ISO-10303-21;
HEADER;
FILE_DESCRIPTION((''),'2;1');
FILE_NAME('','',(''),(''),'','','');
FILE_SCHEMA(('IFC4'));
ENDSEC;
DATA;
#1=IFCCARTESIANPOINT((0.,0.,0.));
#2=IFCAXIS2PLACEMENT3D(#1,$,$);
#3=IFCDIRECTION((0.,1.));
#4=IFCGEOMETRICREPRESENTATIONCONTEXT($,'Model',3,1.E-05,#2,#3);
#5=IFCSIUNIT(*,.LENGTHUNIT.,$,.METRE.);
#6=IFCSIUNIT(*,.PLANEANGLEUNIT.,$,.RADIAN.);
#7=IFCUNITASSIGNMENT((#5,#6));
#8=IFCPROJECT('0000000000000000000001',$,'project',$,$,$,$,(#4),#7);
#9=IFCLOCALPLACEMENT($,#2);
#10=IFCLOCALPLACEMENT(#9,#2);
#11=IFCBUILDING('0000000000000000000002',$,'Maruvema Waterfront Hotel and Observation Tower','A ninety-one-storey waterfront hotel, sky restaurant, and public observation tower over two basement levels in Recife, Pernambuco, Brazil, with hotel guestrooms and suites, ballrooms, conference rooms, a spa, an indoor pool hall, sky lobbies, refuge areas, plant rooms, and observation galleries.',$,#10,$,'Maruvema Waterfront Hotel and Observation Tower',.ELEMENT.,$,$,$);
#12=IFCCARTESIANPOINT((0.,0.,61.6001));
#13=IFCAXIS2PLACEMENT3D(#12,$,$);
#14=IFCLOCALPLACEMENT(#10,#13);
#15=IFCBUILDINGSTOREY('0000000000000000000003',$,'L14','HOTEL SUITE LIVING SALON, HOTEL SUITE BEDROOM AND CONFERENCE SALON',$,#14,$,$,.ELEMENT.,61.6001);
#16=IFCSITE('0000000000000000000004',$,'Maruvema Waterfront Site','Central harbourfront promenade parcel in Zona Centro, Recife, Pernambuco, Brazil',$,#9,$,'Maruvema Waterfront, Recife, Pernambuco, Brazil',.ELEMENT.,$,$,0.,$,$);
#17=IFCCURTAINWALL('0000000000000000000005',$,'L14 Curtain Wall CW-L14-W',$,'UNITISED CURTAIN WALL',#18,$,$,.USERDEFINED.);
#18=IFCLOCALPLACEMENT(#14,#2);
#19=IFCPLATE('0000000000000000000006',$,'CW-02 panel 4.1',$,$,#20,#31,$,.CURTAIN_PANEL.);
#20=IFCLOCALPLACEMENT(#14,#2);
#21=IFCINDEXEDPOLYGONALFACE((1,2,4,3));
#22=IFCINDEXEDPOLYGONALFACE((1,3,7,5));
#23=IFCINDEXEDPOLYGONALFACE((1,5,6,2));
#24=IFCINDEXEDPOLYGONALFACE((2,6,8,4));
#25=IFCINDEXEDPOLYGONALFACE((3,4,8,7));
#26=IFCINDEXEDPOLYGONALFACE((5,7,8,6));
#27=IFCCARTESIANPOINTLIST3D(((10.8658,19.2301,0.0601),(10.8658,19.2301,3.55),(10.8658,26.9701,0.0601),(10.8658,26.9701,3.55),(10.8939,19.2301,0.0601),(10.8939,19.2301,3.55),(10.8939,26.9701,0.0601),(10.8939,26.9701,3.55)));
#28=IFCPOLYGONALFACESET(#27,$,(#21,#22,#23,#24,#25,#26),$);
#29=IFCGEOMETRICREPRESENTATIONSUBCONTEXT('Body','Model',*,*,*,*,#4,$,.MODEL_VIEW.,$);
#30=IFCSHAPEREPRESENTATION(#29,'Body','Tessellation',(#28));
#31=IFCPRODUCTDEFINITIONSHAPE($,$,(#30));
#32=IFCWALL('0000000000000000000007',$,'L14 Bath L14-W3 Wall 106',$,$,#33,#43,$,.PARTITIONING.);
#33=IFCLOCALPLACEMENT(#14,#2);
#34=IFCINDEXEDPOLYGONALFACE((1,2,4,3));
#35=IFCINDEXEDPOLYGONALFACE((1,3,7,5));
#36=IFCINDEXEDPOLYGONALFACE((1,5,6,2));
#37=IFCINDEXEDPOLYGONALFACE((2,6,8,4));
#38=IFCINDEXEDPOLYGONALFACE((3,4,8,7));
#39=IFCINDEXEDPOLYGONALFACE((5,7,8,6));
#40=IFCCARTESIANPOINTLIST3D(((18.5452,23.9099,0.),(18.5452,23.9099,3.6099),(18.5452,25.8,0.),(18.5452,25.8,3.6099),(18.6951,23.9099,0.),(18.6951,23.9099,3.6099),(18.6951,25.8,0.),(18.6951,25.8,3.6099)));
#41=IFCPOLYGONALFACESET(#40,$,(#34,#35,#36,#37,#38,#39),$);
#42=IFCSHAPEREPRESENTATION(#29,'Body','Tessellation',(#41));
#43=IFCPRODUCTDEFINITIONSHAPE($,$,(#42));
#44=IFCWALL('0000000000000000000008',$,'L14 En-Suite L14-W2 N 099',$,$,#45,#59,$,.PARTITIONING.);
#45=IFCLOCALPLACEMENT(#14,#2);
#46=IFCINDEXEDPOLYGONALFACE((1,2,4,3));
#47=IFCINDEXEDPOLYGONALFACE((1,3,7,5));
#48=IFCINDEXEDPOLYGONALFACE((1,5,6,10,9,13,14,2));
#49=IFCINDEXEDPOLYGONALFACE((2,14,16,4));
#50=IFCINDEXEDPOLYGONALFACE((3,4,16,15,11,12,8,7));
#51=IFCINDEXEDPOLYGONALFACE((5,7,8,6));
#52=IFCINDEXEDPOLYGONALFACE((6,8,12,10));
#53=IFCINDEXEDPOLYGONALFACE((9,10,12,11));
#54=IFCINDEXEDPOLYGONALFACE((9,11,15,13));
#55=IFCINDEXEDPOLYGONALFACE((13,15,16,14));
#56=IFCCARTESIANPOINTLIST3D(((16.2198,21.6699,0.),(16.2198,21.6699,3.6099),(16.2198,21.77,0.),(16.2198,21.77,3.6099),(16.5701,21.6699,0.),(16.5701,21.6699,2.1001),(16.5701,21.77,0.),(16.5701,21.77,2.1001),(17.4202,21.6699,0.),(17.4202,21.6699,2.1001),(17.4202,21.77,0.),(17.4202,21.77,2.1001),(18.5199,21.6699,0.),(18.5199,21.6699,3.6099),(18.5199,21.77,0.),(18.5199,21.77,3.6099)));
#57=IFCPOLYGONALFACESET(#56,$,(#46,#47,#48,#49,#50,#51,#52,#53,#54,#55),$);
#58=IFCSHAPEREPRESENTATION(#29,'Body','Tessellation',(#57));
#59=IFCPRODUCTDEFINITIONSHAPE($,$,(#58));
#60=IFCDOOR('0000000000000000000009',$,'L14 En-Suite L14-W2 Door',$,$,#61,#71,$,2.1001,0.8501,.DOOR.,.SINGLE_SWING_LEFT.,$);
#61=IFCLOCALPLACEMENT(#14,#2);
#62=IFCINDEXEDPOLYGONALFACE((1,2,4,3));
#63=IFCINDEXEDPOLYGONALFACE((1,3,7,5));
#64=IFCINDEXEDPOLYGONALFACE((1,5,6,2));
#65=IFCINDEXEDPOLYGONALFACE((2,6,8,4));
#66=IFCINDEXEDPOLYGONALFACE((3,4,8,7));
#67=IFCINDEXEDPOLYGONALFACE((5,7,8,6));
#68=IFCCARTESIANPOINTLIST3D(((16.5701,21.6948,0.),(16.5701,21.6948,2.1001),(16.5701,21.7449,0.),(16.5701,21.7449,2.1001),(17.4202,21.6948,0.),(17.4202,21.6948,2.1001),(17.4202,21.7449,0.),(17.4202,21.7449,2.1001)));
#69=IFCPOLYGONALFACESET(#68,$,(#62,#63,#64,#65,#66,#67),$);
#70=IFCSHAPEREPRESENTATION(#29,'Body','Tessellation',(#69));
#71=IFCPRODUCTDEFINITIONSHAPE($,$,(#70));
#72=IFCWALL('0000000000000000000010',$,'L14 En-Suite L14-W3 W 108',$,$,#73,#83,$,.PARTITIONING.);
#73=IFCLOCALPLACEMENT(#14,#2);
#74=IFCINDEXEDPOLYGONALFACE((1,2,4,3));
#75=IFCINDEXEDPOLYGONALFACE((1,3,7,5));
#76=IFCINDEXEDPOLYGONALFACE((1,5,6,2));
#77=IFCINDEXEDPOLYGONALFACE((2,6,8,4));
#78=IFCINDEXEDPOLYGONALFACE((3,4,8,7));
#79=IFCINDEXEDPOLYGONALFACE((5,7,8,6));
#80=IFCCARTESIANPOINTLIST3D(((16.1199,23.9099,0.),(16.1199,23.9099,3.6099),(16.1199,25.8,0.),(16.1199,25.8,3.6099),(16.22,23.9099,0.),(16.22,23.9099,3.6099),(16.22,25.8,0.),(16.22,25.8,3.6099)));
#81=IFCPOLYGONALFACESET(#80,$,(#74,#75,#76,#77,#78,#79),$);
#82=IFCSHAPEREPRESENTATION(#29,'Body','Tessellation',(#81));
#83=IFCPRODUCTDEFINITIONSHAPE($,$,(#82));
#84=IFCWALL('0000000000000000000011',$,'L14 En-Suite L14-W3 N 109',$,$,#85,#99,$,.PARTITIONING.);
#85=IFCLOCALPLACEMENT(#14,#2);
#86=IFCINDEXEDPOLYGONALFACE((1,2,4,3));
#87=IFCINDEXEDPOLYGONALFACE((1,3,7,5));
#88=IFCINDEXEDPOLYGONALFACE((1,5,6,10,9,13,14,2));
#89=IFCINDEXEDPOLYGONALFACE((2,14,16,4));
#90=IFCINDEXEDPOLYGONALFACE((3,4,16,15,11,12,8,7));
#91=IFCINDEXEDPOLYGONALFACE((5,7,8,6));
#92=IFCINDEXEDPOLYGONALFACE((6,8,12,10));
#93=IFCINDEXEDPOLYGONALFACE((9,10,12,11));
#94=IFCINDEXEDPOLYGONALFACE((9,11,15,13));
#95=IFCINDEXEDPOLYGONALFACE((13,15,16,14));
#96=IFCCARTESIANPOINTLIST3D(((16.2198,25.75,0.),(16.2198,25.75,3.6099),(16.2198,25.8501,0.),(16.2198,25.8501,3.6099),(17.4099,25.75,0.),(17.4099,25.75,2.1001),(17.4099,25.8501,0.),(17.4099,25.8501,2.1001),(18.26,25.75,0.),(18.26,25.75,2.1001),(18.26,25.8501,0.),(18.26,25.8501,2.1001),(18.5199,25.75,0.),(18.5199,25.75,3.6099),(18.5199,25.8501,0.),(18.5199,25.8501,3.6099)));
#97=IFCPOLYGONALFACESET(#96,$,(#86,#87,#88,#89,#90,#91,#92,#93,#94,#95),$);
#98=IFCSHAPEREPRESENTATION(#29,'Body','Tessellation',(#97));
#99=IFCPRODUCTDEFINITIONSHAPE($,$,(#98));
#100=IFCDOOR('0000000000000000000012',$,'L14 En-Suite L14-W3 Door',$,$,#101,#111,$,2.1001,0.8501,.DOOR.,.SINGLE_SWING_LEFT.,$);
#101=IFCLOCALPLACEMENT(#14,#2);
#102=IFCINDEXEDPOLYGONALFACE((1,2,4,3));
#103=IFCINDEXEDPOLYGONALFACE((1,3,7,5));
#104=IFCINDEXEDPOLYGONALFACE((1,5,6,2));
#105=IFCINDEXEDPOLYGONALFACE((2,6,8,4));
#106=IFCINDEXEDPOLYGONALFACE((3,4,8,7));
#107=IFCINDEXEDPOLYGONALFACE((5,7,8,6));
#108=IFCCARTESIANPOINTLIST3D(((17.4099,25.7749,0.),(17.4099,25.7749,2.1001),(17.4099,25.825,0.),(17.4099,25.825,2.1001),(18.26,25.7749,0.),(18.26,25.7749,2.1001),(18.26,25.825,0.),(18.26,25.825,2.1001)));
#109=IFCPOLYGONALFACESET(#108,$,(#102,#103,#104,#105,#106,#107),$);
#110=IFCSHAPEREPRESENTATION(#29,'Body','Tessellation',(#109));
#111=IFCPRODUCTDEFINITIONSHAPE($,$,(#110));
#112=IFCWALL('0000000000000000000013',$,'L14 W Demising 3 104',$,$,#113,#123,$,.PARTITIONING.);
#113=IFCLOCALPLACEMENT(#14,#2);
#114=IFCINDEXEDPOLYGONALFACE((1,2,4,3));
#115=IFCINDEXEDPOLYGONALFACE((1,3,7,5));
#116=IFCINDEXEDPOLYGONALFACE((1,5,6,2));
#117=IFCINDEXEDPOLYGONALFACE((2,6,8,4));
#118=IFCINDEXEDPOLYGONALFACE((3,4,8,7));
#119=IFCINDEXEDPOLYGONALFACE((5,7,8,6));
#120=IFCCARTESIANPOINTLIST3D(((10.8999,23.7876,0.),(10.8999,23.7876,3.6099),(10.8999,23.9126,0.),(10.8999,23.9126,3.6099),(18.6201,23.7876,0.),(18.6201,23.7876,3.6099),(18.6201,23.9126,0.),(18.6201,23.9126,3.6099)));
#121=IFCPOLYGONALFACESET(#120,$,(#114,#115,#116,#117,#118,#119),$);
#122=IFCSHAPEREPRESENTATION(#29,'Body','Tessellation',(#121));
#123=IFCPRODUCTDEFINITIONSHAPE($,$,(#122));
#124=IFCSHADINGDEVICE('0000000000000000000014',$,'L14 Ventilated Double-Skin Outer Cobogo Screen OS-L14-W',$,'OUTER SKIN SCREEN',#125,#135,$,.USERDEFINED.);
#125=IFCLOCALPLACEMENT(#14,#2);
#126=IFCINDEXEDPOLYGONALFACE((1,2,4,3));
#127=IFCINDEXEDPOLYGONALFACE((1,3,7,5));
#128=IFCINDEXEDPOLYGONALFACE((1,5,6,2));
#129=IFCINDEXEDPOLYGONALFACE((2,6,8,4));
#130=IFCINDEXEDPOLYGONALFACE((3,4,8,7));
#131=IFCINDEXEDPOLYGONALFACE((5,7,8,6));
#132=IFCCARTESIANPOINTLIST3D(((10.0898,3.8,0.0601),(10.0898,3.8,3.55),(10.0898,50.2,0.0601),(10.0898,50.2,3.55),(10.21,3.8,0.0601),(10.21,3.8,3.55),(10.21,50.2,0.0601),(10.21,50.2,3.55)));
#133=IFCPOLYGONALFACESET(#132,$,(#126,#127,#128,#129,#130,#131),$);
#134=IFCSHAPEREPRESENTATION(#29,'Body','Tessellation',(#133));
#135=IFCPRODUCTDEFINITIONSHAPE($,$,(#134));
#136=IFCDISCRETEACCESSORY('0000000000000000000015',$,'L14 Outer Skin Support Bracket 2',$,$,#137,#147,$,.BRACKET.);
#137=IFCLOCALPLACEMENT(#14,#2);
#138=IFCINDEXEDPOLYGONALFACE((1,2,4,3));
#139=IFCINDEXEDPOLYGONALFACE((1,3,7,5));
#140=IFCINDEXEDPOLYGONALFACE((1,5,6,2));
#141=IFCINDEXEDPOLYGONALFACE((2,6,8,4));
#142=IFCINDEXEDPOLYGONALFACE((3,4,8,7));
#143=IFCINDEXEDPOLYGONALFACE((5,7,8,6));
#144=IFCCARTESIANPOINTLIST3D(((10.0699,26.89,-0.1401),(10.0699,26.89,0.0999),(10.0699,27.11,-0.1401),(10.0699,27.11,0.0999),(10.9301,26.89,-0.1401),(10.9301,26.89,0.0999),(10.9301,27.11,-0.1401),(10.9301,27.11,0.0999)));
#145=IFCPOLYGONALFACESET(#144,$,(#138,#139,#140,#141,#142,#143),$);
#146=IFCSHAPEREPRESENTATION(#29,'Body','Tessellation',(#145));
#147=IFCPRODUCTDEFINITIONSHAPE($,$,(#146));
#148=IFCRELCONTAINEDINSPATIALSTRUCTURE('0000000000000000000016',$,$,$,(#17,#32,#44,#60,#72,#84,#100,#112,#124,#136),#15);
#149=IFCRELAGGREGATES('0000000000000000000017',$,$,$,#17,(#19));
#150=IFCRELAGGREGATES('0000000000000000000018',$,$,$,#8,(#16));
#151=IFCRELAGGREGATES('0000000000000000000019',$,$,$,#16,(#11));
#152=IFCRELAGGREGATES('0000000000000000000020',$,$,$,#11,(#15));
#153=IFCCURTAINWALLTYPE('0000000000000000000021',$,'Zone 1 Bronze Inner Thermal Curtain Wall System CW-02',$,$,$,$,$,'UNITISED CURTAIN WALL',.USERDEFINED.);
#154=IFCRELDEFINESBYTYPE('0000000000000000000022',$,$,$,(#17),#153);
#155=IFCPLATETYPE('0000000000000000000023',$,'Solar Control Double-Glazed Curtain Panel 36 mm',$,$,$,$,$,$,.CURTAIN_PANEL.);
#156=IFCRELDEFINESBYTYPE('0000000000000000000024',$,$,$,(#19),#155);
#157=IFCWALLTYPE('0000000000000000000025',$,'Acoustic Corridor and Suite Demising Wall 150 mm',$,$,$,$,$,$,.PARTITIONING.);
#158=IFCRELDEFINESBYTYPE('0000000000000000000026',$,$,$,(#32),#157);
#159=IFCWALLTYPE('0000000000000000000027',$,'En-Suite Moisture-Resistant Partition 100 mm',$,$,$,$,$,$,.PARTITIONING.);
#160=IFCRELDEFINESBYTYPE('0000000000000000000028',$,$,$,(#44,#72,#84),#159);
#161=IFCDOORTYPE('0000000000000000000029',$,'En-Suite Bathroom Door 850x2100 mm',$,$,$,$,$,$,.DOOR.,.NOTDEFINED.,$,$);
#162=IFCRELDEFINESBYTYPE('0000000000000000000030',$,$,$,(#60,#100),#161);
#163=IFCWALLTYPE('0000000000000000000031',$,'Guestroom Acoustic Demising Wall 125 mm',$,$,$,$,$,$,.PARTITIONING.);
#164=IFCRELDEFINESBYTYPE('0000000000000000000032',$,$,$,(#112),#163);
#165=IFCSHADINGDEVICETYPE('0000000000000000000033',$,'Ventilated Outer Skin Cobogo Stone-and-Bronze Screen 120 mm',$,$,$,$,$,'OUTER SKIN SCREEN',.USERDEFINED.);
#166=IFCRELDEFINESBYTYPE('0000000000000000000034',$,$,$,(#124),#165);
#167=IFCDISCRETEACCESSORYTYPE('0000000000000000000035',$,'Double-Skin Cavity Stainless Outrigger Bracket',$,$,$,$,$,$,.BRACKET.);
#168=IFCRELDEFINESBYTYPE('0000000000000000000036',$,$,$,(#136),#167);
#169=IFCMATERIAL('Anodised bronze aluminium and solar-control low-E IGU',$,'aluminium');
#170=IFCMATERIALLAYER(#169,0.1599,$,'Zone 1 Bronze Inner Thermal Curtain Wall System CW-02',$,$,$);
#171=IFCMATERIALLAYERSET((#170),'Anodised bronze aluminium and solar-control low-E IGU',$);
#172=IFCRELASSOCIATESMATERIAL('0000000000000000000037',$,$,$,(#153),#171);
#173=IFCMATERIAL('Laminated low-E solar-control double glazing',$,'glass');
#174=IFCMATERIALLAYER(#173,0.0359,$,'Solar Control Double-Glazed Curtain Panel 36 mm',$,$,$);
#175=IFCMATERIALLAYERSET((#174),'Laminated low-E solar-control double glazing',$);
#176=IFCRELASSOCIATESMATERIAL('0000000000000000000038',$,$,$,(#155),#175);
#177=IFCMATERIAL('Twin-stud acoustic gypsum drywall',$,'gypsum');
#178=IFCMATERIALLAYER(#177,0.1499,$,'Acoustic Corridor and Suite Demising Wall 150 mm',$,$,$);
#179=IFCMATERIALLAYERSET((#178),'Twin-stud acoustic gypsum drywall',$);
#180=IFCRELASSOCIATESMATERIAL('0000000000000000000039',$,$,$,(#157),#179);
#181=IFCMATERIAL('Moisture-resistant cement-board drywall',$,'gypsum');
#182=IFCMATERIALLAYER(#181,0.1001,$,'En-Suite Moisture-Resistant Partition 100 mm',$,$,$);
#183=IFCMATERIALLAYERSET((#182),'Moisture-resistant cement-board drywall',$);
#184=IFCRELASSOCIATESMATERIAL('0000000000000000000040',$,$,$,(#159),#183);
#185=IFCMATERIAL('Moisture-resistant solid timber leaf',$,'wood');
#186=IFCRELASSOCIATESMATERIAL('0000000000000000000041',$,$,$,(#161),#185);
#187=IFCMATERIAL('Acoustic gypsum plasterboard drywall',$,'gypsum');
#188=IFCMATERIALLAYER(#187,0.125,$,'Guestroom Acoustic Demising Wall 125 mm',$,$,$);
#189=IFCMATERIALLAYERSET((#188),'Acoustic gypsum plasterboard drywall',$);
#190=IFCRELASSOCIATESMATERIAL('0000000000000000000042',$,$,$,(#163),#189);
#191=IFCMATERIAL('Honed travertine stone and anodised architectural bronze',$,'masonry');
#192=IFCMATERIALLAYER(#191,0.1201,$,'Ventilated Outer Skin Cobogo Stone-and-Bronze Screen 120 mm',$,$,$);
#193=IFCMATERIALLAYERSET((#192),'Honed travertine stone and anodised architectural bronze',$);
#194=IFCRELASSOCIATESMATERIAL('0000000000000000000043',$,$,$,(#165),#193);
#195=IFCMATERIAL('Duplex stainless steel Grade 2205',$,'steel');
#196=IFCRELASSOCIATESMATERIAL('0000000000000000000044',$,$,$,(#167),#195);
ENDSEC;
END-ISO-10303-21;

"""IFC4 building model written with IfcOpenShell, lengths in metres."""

from ifc_helpers import new_model, si_unit, direction, frame, frame_2d, origin, origin_2d, place, context, subcontext, project, spatial, rectangle, extrude, material, layer, layer_set, type_object, element, fill, aggregate, save


model = new_model("IFC4")

# Units and contexts
model_context = context("Model", 3, precision=1e-05, world=origin(), true_north=direction((0.0, 1.0)))
body_context = subcontext(model_context, "Body", "Model", "MODEL_VIEW")
ifc_project = project(units=[si_unit("LENGTHUNIT", "METRE"), si_unit("PLANEANGLEUNIT", "RADIAN")], contexts=[model_context])

# Site, building, storey
site_placement = place(None, origin())
site = spatial("IfcSite", under=ifc_project, at=site_placement, Name="Maruvema Waterfront Site", Description="Central harbourfront promenade parcel in Zona Centro, Recife, Pernambuco, Brazil", LongName="Maruvema Waterfront, Recife, Pernambuco, Brazil", CompositionType="ELEMENT", RefElevation=0.0)
building_placement = place(site_placement, origin())
building = spatial("IfcBuilding", under=site, at=building_placement, Name="Maruvema Waterfront Hotel and Observation Tower", Description="A ninety-one-storey waterfront hotel, sky restaurant, and public observation tower over two basement levels in Recife, Pernambuco, Brazil, with hotel guestrooms and suites, ballrooms, conference rooms, a spa, an indoor pool hall, sky lobbies, refuge areas, plant rooms, and observation galleries.", LongName="Maruvema Waterfront Hotel and Observation Tower", CompositionType="ELEMENT")
storey_placement = place(building_placement, frame((0.0, 0.0, 61.6001)))
storey = spatial("IfcBuildingStorey", under=building, at=storey_placement, Name="L14", Description="HOTEL SUITE LIVING SALON, HOTEL SUITE BEDROOM AND CONFERENCE SALON", CompositionType="ELEMENT", Elevation=61.6001)

# Curtain wall
ifc_material_1 = material(Name="Anodised bronze aluminium and solar-control low-E IGU", Category="aluminium")
ifc_layer_1 = layer(ifc_material_1, 0.1599, Name="Zone 1 Bronze Inner Thermal Curtain Wall System CW-02")
ifc_layer_set_1 = layer_set([ifc_layer_1], Name="Anodised bronze aluminium and solar-control low-E IGU")
curtain_wall_type = type_object("IfcCurtainWallType", Name="Zone 1 Bronze Inner Thermal Curtain Wall System CW-02", ElementType="UNITISED CURTAIN WALL", PredefinedType="USERDEFINED", material=ifc_layer_set_1)
curtain_wall_placement = place(storey_placement, origin())
curtain_wall = element("IfcCurtainWall", 1, at=curtain_wall_placement, inside=storey, type_object=curtain_wall_type, Name="L14 Curtain Wall CW-L14-W", ObjectType="UNITISED CURTAIN WALL", PredefinedType="USERDEFINED")

# Plate
ifc_material_2 = material(Name="Laminated low-E solar-control double glazing", Category="glass")
ifc_layer_2 = layer(ifc_material_2, 0.0359, Name="Solar Control Double-Glazed Curtain Panel 36 mm")
ifc_layer_set_2 = layer_set([ifc_layer_2], Name="Laminated low-E solar-control double glazing")
plate_type = type_object("IfcPlateType", Name="Solar Control Double-Glazed Curtain Panel 36 mm", PredefinedType="CURTAIN_PANEL", material=ifc_layer_set_2)
plate_placement = place(storey_placement, frame((10.8799, 23.1001, 0.0601), z_axis=(0.0, 0.0, 1.0), x_axis=(0.0, -1.0, 0.0)))
plate = element("IfcPlate", 2, at=plate_placement, type_object=plate_type, Name="CW-02 panel 4.1", PredefinedType="CURTAIN_PANEL", context=body_context, shape_type="SweptSolid", body=[
    extrude(rectangle(XDim=7.74, YDim=0.0281, at=origin_2d()), origin(), (0.0, 0.0, 1.0), 3.49),
])
aggregate(curtain_wall, [plate])

# Shared definitions
ifc_material_3 = material(Name="Twin-stud acoustic gypsum drywall", Category="gypsum")
ifc_layer_3 = layer(ifc_material_3, 0.1499, Name="Acoustic Corridor and Suite Demising Wall 150 mm")
ifc_layer_set_3 = layer_set([ifc_layer_3], Name="Twin-stud acoustic gypsum drywall")
wall_type_1 = type_object("IfcWallType", Name="Acoustic Corridor and Suite Demising Wall 150 mm", PredefinedType="PARTITIONING", material=ifc_layer_set_3)

# Wall
wall_1_placement = place(storey_placement, frame((18.6201, 23.9099, 0.0), z_axis=(0.0, 0.0, 1.0), x_axis=(0.0, 1.0, 0.0)))
element("IfcWall", 3, at=wall_1_placement, inside=storey, type_object=wall_type_1, Name="L14 Bath L14-W3 Wall 106", PredefinedType="PARTITIONING", context=body_context, shape_type="SweptSolid", body=[
    extrude(rectangle(XDim=1.8901, YDim=0.1499, at=frame_2d((0.9451, 0.0))), origin(), (0.0, 0.0, 1.0), 3.6099),
])

# Wall, opening, door
ifc_material_4 = material(Name="Moisture-resistant cement-board drywall", Category="gypsum")
ifc_layer_4 = layer(ifc_material_4, 0.1001, Name="En-Suite Moisture-Resistant Partition 100 mm")
ifc_layer_set_4 = layer_set([ifc_layer_4], Name="Moisture-resistant cement-board drywall")
wall_type_2 = type_object("IfcWallType", Name="En-Suite Moisture-Resistant Partition 100 mm", PredefinedType="PARTITIONING", material=ifc_layer_set_4)
wall_2_placement = place(storey_placement, frame((16.22, 21.72, 0.0), z_axis=(0.0, 0.0, 1.0), x_axis=(1.0, 0.0, 0.0)))
wall_2 = element("IfcWall", 4, at=wall_2_placement, inside=storey, type_object=wall_type_2, Name="L14 En-Suite L14-W2 N 099", PredefinedType="PARTITIONING", context=body_context, shape_type="SweptSolid", body=[
    extrude(rectangle(XDim=2.3, YDim=0.1001, at=frame_2d((1.1499, 0.0))), origin(), (0.0, 0.0, 1.0), 3.6099),
])
opening_1_placement = place(wall_2_placement, frame((0.3501, 0.0, 0.0)))
opening_1 = element("IfcOpeningElement", 5, at=opening_1_placement, cuts=wall_2, PredefinedType="OPENING", context=body_context, shape_type="SweptSolid", body=[
    extrude(rectangle(XDim=0.8501, YDim=2.1001, at=frame_2d((0.425, 1.05))), frame((0.0, 0.0601, 0.0), z_axis=(0.0, -1.0, 0.0), x_axis=(1.0, 0.0, 0.0)), (0.0, 0.0, 1.0), 0.1201),
])
ifc_material_5 = material(Name="Moisture-resistant solid timber leaf", Category="wood")
door_type_1 = type_object("IfcDoorType", Name="En-Suite Bathroom Door 850x2100 mm", OperationType="NOTDEFINED", PredefinedType="DOOR", material=ifc_material_5)
door_1_placement = place(opening_1_placement, origin())
door_1 = element("IfcDoor", 6, at=door_1_placement, inside=storey, type_object=door_type_1, Name="L14 En-Suite L14-W2 Door", OperationType="SINGLE_SWING_LEFT", OverallHeight=2.1001, OverallWidth=0.8501, PredefinedType="DOOR", context=body_context, shape_type="SweptSolid", body=[
    extrude(rectangle(XDim=0.8501, YDim=2.1001, at=frame_2d((0.425, 1.05))), frame((0.0, 0.0249, 0.0), z_axis=(0.0, -1.0, 0.0), x_axis=(1.0, 0.0, 0.0)), (0.0, 0.0, 1.0), 0.05),
])
fill(opening_1, door_1)

# Wall
wall_3_placement = place(storey_placement, frame((16.1699, 23.9099, 0.0), z_axis=(0.0, 0.0, 1.0), x_axis=(0.0, 1.0, 0.0)))
element("IfcWall", 7, at=wall_3_placement, inside=storey, type_object=wall_type_2, Name="L14 En-Suite L14-W3 W 108", PredefinedType="PARTITIONING", context=body_context, shape_type="SweptSolid", body=[
    extrude(rectangle(XDim=1.8901, YDim=0.1001, at=frame_2d((0.9451, 0.0))), origin(), (0.0, 0.0, 1.0), 3.6099),
])

# Wall, opening, door
wall_4_placement = place(storey_placement, frame((16.22, 25.8, 0.0), z_axis=(0.0, 0.0, 1.0), x_axis=(1.0, 0.0, 0.0)))
wall_4 = element("IfcWall", 8, at=wall_4_placement, inside=storey, type_object=wall_type_2, Name="L14 En-Suite L14-W3 N 109", PredefinedType="PARTITIONING", context=body_context, shape_type="SweptSolid", body=[
    extrude(rectangle(XDim=2.3, YDim=0.1001, at=frame_2d((1.1499, 0.0))), origin(), (0.0, 0.0, 1.0), 3.6099),
])
opening_2_placement = place(wall_4_placement, frame((1.1899, 0.0, 0.0)))
opening_2 = element("IfcOpeningElement", 9, at=opening_2_placement, cuts=wall_4, PredefinedType="OPENING", context=body_context, shape_type="SweptSolid", body=[
    extrude(rectangle(XDim=0.8501, YDim=2.1001, at=frame_2d((0.425, 1.05))), frame((0.0, 0.0601, 0.0), z_axis=(0.0, -1.0, 0.0), x_axis=(1.0, 0.0, 0.0)), (0.0, 0.0, 1.0), 0.1201),
])
door_2_placement = place(opening_2_placement, origin())
door_2 = element("IfcDoor", 10, at=door_2_placement, inside=storey, type_object=door_type_1, Name="L14 En-Suite L14-W3 Door", OperationType="SINGLE_SWING_LEFT", OverallHeight=2.1001, OverallWidth=0.8501, PredefinedType="DOOR", context=body_context, shape_type="SweptSolid", body=[
    extrude(rectangle(XDim=0.8501, YDim=2.1001, at=frame_2d((0.425, 1.05))), frame((0.0, 0.0249, 0.0), z_axis=(0.0, -1.0, 0.0), x_axis=(1.0, 0.0, 0.0)), (0.0, 0.0, 1.0), 0.05),
])
fill(opening_2, door_2)

# Wall
ifc_material_6 = material(Name="Acoustic gypsum plasterboard drywall", Category="gypsum")
ifc_layer_5 = layer(ifc_material_6, 0.125, Name="Guestroom Acoustic Demising Wall 125 mm")
ifc_layer_set_5 = layer_set([ifc_layer_5], Name="Acoustic gypsum plasterboard drywall")
wall_type_3 = type_object("IfcWallType", Name="Guestroom Acoustic Demising Wall 125 mm", PredefinedType="PARTITIONING", material=ifc_layer_set_5)
wall_5_placement = place(storey_placement, frame((10.8999, 23.8501, 0.0), z_axis=(0.0, 0.0, 1.0), x_axis=(1.0, 0.0, 0.0)))
element("IfcWall", 11, at=wall_5_placement, inside=storey, type_object=wall_type_3, Name="L14 W Demising 3 104", PredefinedType="PARTITIONING", context=body_context, shape_type="SweptSolid", body=[
    extrude(rectangle(XDim=7.7202, YDim=0.125, at=frame_2d((3.8601, 0.0))), origin(), (0.0, 0.0, 1.0), 3.6099),
])

# Shading device
ifc_material_7 = material(Name="Honed travertine stone and anodised architectural bronze", Category="masonry")
ifc_layer_6 = layer(ifc_material_7, 0.1201, Name="Ventilated Outer Skin Cobogo Stone-and-Bronze Screen 120 mm")
ifc_layer_set_6 = layer_set([ifc_layer_6], Name="Honed travertine stone and anodised architectural bronze")
shading_device_type = type_object("IfcShadingDeviceType", Name="Ventilated Outer Skin Cobogo Stone-and-Bronze Screen 120 mm", ElementType="OUTER SKIN SCREEN", PredefinedType="USERDEFINED", material=ifc_layer_set_6)
shading_device_placement = place(storey_placement, frame((10.1499, 27.0, 0.0601), z_axis=(0.0, 0.0, 1.0), x_axis=(0.0, -1.0, 0.0)))
element("IfcShadingDevice", 12, at=shading_device_placement, inside=storey, type_object=shading_device_type, Name="L14 Ventilated Double-Skin Outer Cobogo Screen OS-L14-W", ObjectType="OUTER SKIN SCREEN", PredefinedType="USERDEFINED", context=body_context, shape_type="SweptSolid", body=[
    extrude(rectangle(XDim=46.3999, YDim=0.1201, at=origin_2d()), origin(), (0.0, 0.0, 1.0), 3.49),
])

# Discrete accessory
ifc_material_8 = material(Name="Duplex stainless steel Grade 2205", Category="steel")
discrete_accessory_type = type_object("IfcDiscreteAccessoryType", Name="Double-Skin Cavity Stainless Outrigger Bracket", PredefinedType="BRACKET", material=ifc_material_8)
discrete_accessory_placement = place(storey_placement, frame((10.5, 27.0, -0.1401), z_axis=(0.0, 0.0, 1.0), x_axis=(0.0, -1.0, 0.0)))
element("IfcDiscreteAccessory", 13, at=discrete_accessory_placement, inside=storey, type_object=discrete_accessory_type, Name="L14 Outer Skin Support Bracket 2", PredefinedType="BRACKET", context=body_context, shape_type="SweptSolid", body=[
    extrude(rectangle(XDim=0.22, YDim=0.8601, at=origin_2d()), origin(), (0.0, 0.0, 1.0), 0.24),
])

save(model, "model.ifc")
